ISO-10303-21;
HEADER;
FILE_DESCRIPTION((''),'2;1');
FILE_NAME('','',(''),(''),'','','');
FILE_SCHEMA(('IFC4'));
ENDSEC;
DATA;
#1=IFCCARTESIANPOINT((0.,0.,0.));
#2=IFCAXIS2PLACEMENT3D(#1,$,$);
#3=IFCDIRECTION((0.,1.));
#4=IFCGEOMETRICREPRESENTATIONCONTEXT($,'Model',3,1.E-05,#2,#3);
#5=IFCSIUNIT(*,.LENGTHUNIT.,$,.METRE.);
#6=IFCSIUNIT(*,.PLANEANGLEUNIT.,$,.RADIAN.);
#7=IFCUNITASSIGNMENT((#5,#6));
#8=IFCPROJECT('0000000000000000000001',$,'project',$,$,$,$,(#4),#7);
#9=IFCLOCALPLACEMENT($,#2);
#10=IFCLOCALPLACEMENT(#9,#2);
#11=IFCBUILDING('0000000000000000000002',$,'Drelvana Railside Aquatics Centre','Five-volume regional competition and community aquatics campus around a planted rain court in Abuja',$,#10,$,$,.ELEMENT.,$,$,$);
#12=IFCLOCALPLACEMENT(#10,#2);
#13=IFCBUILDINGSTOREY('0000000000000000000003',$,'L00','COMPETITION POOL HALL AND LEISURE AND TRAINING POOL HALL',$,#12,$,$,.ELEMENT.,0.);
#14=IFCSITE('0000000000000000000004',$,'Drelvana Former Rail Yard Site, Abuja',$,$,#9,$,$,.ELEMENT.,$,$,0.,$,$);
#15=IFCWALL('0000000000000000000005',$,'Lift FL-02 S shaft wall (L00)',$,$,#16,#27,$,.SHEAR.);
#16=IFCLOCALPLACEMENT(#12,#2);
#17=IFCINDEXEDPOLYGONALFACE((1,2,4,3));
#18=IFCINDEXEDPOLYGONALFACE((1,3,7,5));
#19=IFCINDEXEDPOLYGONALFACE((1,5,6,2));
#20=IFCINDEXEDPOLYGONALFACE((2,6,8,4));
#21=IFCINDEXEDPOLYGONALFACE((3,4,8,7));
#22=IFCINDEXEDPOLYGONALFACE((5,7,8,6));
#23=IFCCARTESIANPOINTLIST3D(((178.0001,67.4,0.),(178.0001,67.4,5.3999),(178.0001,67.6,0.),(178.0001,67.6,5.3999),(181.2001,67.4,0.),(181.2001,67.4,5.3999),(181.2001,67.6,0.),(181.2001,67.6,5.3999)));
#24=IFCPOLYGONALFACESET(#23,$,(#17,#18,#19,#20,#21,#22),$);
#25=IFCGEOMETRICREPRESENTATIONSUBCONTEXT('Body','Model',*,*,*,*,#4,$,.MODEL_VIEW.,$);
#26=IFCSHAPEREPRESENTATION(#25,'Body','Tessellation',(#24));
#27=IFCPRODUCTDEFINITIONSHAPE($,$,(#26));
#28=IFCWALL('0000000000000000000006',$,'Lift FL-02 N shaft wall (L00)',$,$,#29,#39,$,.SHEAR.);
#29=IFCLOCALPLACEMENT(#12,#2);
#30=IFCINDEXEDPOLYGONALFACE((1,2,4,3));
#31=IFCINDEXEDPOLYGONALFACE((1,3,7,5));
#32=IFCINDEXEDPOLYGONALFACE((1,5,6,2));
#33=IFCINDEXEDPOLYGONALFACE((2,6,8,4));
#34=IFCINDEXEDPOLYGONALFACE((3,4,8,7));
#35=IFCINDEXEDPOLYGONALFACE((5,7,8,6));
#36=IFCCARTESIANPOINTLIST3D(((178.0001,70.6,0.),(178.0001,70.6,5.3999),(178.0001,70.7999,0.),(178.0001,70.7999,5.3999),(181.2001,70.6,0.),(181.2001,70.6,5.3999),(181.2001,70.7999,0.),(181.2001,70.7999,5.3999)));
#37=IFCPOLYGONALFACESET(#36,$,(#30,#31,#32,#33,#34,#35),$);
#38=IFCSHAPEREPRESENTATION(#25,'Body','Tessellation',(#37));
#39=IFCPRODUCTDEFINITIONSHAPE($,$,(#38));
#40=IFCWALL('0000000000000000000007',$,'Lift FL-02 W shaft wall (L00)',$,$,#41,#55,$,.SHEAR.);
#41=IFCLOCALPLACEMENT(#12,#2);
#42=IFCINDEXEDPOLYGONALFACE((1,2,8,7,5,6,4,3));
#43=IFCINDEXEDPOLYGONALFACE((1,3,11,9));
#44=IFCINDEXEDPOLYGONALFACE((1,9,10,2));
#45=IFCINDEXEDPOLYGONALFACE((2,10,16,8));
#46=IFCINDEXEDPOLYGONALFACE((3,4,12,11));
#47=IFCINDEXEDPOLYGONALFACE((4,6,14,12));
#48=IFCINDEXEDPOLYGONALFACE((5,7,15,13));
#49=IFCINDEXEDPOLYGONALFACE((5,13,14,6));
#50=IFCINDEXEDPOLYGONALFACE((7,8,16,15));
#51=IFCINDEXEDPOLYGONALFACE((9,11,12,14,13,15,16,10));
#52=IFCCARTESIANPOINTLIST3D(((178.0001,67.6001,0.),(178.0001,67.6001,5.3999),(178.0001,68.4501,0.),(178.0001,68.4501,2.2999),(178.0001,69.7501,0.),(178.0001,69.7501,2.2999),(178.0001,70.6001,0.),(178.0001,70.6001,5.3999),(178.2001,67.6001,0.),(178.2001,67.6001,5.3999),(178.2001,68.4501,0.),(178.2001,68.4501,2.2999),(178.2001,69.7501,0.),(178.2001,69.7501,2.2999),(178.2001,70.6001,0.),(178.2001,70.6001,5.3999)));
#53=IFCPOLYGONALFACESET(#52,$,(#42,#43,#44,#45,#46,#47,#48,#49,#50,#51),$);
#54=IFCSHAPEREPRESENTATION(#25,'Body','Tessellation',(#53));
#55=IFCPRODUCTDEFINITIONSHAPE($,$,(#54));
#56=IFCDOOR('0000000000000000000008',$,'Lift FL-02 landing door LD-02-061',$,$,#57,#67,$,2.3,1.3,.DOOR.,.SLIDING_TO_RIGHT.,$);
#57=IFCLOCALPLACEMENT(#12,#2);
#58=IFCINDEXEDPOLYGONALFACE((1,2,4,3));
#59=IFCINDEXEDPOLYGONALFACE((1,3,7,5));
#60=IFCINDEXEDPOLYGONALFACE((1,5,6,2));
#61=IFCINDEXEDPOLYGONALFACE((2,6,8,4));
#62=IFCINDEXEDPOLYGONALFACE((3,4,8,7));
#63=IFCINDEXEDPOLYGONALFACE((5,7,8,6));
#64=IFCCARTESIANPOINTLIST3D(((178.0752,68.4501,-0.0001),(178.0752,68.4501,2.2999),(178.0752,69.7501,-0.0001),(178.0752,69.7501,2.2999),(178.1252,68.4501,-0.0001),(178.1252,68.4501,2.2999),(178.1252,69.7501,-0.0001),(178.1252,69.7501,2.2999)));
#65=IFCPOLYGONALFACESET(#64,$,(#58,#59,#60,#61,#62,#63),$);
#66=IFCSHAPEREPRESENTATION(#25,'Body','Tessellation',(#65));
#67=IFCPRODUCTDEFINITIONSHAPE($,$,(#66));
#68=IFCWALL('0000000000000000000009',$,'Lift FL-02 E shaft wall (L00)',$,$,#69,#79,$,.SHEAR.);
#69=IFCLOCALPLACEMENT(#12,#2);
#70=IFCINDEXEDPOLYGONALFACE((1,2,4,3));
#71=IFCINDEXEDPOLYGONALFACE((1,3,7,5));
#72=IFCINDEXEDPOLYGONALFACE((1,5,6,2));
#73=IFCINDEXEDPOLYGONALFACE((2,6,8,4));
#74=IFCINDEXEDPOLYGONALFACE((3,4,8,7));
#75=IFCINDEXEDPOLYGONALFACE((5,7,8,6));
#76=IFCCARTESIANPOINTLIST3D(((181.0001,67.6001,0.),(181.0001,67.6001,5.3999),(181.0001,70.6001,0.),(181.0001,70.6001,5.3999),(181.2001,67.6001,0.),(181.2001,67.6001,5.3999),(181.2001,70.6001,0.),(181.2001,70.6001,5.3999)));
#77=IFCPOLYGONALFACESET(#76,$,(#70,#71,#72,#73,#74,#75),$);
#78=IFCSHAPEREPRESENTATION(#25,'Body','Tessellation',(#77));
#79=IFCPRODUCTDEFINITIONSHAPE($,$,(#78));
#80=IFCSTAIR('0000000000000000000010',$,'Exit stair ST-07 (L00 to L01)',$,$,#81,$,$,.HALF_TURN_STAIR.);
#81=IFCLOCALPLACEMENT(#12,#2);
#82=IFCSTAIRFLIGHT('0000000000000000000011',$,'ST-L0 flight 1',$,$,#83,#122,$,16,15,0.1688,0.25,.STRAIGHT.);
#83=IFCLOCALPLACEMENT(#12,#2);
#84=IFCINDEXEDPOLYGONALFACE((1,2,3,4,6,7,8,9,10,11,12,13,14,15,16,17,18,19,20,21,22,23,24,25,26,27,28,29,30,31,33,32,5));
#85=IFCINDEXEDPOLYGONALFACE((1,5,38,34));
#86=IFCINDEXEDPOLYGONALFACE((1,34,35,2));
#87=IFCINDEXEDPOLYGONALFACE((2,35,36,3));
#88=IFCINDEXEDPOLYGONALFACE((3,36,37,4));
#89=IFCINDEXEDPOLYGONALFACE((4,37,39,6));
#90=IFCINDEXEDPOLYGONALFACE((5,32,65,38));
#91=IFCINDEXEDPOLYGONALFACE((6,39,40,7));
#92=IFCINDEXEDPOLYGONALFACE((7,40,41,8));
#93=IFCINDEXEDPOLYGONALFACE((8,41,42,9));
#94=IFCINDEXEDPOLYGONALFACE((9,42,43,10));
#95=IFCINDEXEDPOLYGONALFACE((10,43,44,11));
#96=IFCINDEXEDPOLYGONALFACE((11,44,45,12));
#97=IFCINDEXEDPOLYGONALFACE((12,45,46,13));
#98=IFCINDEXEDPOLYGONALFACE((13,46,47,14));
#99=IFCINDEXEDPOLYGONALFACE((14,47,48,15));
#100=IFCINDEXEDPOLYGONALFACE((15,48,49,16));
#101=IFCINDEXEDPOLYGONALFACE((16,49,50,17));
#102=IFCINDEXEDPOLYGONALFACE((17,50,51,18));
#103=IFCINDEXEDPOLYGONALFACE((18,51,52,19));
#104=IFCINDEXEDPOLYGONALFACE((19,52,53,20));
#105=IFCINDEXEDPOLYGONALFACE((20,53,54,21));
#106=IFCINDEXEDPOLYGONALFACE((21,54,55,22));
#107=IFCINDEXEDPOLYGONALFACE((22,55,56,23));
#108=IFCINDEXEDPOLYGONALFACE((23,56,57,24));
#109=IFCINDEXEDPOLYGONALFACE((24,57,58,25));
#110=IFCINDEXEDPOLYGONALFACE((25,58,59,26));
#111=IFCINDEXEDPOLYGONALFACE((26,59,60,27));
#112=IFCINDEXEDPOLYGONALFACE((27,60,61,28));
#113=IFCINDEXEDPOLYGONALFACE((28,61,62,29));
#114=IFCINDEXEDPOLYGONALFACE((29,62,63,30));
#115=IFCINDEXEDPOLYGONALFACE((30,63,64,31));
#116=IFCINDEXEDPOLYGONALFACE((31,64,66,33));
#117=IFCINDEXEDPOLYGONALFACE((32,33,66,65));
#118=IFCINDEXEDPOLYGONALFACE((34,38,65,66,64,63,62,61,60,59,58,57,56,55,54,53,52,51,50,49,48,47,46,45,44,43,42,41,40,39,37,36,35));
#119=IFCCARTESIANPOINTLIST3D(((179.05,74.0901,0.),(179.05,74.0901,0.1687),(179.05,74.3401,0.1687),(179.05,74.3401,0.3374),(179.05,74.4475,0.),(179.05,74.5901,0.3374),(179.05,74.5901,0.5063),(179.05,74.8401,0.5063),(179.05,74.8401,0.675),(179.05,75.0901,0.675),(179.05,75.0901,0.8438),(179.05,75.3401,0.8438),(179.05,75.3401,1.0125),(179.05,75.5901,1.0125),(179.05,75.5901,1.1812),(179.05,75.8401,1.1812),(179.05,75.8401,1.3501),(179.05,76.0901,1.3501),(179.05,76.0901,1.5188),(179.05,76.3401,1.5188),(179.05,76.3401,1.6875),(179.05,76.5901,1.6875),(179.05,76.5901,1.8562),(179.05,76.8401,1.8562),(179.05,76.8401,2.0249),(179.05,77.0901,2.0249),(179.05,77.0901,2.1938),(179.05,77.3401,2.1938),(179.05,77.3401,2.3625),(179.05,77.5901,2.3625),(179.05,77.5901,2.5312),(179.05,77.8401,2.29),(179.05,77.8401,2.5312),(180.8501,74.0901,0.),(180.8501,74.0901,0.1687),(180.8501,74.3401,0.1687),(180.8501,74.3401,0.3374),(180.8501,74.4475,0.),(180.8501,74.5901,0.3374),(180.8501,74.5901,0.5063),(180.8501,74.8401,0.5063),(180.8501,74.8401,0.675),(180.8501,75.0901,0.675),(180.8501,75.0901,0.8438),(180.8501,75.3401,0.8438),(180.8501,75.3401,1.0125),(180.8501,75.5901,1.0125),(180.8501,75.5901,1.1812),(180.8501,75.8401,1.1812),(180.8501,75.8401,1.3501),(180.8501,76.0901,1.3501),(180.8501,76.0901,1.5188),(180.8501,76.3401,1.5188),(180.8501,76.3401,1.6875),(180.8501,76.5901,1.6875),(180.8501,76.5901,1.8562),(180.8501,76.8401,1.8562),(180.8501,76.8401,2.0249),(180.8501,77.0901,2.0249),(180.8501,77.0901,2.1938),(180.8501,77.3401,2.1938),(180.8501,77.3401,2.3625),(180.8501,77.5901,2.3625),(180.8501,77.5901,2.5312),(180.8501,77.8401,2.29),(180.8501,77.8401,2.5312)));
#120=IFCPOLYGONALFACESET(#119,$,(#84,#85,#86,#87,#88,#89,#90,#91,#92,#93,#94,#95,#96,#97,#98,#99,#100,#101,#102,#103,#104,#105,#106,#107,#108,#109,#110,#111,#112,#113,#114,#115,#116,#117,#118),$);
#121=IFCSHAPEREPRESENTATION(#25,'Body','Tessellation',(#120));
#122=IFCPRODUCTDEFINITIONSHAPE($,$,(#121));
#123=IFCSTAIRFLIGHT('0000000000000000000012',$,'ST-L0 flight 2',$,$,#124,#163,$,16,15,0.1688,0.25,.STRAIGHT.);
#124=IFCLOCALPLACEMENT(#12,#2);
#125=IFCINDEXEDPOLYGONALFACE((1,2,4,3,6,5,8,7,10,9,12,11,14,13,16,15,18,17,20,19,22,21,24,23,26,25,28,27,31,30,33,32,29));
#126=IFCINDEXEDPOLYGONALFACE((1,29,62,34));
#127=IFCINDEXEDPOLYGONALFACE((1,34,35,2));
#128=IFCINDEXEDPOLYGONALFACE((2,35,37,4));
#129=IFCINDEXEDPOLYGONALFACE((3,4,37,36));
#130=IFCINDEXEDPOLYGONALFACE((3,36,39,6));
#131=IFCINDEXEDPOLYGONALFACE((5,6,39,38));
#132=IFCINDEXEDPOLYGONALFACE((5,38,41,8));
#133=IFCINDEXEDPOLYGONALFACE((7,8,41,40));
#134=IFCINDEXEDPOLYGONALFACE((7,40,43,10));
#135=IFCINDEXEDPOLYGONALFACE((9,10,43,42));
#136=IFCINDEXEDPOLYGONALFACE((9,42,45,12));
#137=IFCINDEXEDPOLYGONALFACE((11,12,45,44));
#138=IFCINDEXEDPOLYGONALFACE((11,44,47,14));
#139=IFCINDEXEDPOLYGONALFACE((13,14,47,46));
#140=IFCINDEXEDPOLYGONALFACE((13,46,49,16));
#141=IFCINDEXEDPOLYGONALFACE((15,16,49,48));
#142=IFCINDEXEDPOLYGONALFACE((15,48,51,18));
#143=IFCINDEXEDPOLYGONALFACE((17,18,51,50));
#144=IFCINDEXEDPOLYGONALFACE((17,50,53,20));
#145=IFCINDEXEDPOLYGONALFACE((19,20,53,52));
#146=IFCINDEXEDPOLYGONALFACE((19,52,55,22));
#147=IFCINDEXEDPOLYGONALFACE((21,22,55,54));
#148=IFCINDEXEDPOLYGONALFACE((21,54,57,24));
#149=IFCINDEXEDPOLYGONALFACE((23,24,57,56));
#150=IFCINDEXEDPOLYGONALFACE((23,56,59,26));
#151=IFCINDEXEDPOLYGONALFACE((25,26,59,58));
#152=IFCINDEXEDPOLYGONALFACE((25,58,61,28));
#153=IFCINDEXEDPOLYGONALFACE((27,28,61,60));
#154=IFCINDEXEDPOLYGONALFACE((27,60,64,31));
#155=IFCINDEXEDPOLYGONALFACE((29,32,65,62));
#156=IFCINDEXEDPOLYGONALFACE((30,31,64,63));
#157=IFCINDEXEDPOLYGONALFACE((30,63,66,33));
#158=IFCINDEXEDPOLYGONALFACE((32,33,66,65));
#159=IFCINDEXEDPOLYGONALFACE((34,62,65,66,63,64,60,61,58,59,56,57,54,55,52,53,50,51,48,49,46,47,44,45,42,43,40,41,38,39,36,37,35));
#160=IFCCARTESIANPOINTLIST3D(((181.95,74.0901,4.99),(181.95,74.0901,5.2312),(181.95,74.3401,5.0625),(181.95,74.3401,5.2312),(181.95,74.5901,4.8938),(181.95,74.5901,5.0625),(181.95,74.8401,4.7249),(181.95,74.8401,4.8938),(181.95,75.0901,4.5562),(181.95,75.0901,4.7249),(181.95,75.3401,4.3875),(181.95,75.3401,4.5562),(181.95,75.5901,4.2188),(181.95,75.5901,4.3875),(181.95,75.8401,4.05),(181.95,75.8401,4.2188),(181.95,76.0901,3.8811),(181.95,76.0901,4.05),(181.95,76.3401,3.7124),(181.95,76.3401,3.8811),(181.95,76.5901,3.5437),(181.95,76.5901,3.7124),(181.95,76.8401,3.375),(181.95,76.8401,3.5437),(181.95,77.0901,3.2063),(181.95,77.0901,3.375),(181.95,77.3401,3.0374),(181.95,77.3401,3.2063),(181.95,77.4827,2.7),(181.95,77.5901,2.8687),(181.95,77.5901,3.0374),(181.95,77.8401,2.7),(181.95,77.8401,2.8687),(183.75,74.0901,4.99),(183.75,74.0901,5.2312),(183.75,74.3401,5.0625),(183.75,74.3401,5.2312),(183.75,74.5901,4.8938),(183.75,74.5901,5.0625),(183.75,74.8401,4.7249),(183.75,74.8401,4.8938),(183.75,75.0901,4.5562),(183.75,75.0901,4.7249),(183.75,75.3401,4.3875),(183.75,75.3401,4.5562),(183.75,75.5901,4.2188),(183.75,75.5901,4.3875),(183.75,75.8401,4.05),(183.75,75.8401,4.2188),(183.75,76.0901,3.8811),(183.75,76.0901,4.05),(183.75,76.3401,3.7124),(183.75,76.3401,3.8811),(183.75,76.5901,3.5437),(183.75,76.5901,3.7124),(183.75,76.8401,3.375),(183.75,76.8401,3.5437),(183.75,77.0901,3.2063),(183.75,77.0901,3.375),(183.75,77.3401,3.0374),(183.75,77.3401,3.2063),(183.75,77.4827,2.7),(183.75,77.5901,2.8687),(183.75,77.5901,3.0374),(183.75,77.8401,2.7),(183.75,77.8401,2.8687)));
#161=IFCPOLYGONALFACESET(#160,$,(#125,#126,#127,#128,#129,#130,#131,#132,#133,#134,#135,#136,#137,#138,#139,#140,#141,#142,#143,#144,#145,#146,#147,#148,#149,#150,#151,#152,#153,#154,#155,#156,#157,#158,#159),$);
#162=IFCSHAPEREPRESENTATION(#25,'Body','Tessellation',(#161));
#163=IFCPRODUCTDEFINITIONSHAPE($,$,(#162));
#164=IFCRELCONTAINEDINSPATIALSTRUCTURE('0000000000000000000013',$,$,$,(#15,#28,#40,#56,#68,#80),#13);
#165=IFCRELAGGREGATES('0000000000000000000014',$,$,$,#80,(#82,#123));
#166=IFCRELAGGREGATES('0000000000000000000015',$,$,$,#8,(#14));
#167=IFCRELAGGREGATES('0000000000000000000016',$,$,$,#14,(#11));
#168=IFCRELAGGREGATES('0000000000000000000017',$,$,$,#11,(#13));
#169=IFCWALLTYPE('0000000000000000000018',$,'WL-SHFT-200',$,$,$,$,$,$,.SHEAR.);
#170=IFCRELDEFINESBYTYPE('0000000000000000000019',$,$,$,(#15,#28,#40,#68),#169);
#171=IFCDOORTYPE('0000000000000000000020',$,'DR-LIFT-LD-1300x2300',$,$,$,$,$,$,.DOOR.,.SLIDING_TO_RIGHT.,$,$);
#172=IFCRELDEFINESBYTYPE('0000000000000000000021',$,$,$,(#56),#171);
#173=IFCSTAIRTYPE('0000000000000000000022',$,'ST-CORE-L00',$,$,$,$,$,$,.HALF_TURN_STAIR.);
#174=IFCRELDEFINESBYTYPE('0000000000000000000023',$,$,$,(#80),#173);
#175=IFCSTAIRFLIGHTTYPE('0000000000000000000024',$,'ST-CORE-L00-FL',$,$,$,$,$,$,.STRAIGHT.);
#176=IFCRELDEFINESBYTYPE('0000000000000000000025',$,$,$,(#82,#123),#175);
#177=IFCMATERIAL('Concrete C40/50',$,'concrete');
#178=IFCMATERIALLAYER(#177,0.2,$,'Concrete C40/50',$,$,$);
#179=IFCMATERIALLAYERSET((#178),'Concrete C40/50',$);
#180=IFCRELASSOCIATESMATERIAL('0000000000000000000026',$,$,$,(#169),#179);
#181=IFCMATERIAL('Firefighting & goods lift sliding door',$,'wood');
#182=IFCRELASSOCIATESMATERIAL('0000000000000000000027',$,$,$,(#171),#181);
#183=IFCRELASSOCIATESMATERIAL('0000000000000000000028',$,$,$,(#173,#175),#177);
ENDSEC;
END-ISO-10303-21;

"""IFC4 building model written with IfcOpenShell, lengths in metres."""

from ifc_helpers import new_model, si_unit, direction, frame, frame_2d, origin, place, context, subcontext, project, spatial, polyline, rectangle, outline, extrude, material, layer, layer_set, type_object, element, fill, aggregate, save


model = new_model("IFC4")

# Units and contexts
model_context = context("Model", 3, precision=1e-05, world=origin(), true_north=direction((0.0, 1.0)))
body_context = subcontext(model_context, "Body", "Model", "MODEL_VIEW")
ifc_project = project(units=[si_unit("LENGTHUNIT", "METRE"), si_unit("PLANEANGLEUNIT", "RADIAN")], contexts=[model_context])

# Site, building, storey
site_placement = place(None, origin())
site = spatial("IfcSite", under=ifc_project, at=site_placement, Name="Drelvana Former Rail Yard Site, Abuja", CompositionType="ELEMENT", RefElevation=0.0)
building_placement = place(site_placement, origin())
building = spatial("IfcBuilding", under=site, at=building_placement, Name="Drelvana Railside Aquatics Centre", Description="Five-volume regional competition and community aquatics campus around a planted rain court in Abuja", CompositionType="ELEMENT")
storey_placement = place(building_placement, origin())
storey = spatial("IfcBuildingStorey", under=building, at=storey_placement, Name="L00", Description="COMPETITION POOL HALL AND LEISURE AND TRAINING POOL HALL", CompositionType="ELEMENT", Elevation=0.0)

# Shared definitions
ifc_material_1 = material(Name="Concrete C40/50", Category="concrete")

# Walls
ifc_layer_1 = layer(ifc_material_1, 0.2, Name="Concrete C40/50")
ifc_layer_set_1 = layer_set([ifc_layer_1], Name="Concrete C40/50")
wall_type_1 = type_object("IfcWallType", Name="WL-SHFT-200", PredefinedType="SHEAR", material=ifc_layer_set_1)
for number, where, z_axis, x_axis, name in (
    (1, (178.0, 67.5, 0.0), (0.0, 0.0, 1.0), (1.0, 0.0, 0.0), "Lift FL-02 S shaft wall (L00)"),
    (2, (178.0, 70.7, 0.0), (0.0, 0.0, 1.0), (1.0, 0.0, 0.0), "Lift FL-02 N shaft wall (L00)"),
):
    element("IfcWall", number, at=place(storey_placement, frame(where, z_axis=z_axis, x_axis=x_axis)), inside=storey, type_object=wall_type_1, Name=name, PredefinedType="SHEAR", context=body_context, shape_type="SweptSolid", body=[
        extrude(rectangle(XDim=3.2, YDim=0.2, at=frame_2d((1.6001, 0.0))), origin(), (0.0, 0.0, 1.0), 5.3999),
    ])

# Wall, opening, door
wall_1_placement = place(storey_placement, frame((178.1001, 67.6001, 0.0), z_axis=(0.0, 0.0, 1.0), x_axis=(0.0, 1.0, 0.0)))
wall_1 = element("IfcWall", 3, at=wall_1_placement, inside=storey, type_object=wall_type_1, Name="Lift FL-02 W shaft wall (L00)", PredefinedType="SHEAR", context=body_context, shape_type="SweptSolid", body=[
    extrude(rectangle(XDim=3.0, YDim=0.2, at=frame_2d((1.5, 0.0))), origin(), (0.0, 0.0, 1.0), 5.3999),
])
opening_1_placement = place(wall_1_placement, frame((0.8501, 0.0, 0.0)))
opening_1 = element("IfcOpeningElement", 4, at=opening_1_placement, cuts=wall_1, PredefinedType="OPENING", context=body_context, shape_type="SweptSolid", body=[
    extrude(rectangle(XDim=1.3, YDim=2.3, at=frame_2d((0.6499, 1.1499))), frame((0.0, 0.1099, 0.0), z_axis=(0.0, -1.0, 0.0), x_axis=(1.0, 0.0, 0.0)), (0.0, 0.0, 1.0), 0.22),
])
ifc_material_2 = material(Name="Firefighting & goods lift sliding door", Category="wood")
door_type_1 = type_object("IfcDoorType", Name="DR-LIFT-LD-1300x2300", OperationType="SLIDING_TO_RIGHT", PredefinedType="DOOR", material=ifc_material_2)
door_1_placement = place(opening_1_placement, origin())
door_1 = element("IfcDoor", 5, at=door_1_placement, inside=storey, type_object=door_type_1, Name="Lift FL-02 landing door LD-02-061", OperationType="SLIDING_TO_RIGHT", OverallHeight=2.3, OverallWidth=1.3, PredefinedType="DOOR", context=body_context, shape_type="SweptSolid", body=[
    extrude(rectangle(XDim=1.3, YDim=2.3, at=frame_2d((0.6499, 1.1499))), frame((0.0, 0.0249, 0.0), z_axis=(0.0, -1.0, 0.0), x_axis=(1.0, 0.0, 0.0)), (0.0, 0.0, 1.0), 0.05),
])
fill(opening_1, door_1)

# Wall
wall_2_placement = place(storey_placement, frame((181.1001, 67.6001, 0.0), z_axis=(0.0, 0.0, 1.0), x_axis=(0.0, 1.0, 0.0)))
element("IfcWall", 6, at=wall_2_placement, inside=storey, type_object=wall_type_1, Name="Lift FL-02 E shaft wall (L00)", PredefinedType="SHEAR", context=body_context, shape_type="SweptSolid", body=[
    extrude(rectangle(XDim=3.0, YDim=0.2, at=frame_2d((1.5, 0.0))), origin(), (0.0, 0.0, 1.0), 5.3999),
])

# Stair, stair flights
stair_type = type_object("IfcStairType", Name="ST-CORE-L00", PredefinedType="HALF_TURN_STAIR", material=ifc_material_1)
stair_placement = place(storey_placement, origin())
stair = element("IfcStair", 7, at=stair_placement, inside=storey, type_object=stair_type, Name="Exit stair ST-07 (L00 to L01)", PredefinedType="HALF_TURN_STAIR")
stair_flight_type = type_object("IfcStairFlightType", Name="ST-CORE-L00-FL", PredefinedType="STRAIGHT", material=ifc_material_1)
stair_flight_1_placement = place(storey_placement, frame((179.95, 74.0901, 0.0), z_axis=(0.0, 0.0, 1.0), x_axis=(0.0, 1.0, 0.0)))
stair_flight_1 = element("IfcStairFlight", 8, at=stair_flight_1_placement, type_object=stair_flight_type, Name="ST-L0 flight 1", NumberOfRisers=16, NumberOfTreads=15, PredefinedType="STRAIGHT", RiserHeight=0.1688, TreadLength=0.25, context=body_context, shape_type="SweptSolid", body=[
    extrude(outline(polyline([(0.0, 0.0), (0.0, 0.1687), (0.25, 0.1687), (0.25, 0.3374), (0.5, 0.3374), (0.5, 0.5063), (0.75, 0.5063), (0.75, 0.675), (1.0, 0.675), (1.0, 0.8438), (1.25, 0.8438), (1.25, 1.0125), (1.5, 1.0125), (1.5, 1.1812), (1.75, 1.1812), (1.75, 1.3501), (2.0, 1.3501), (2.0, 1.5188), (2.25, 1.5188), (2.25, 1.6875), (2.5, 1.6875), (2.5, 1.8562), (2.75, 1.8562), (2.75, 2.0249), (3.0, 2.0249), (3.0, 2.1938), (3.25, 2.1938), (3.25, 2.3625), (3.5, 2.3625), (3.5, 2.5312), (3.75, 2.5312), (3.75, 2.7), (3.75, 2.29), (0.3574, 0.0), (0.0, 0.0)])), frame((0.0, 0.8999, 0.0), z_axis=(0.0, -1.0, 0.0), x_axis=(1.0, 0.0, 0.0)), (0.0, 0.0, 1.0), 1.8),
])
stair_flight_2_placement = place(storey_placement, frame((182.8501, 77.8401, 2.7), z_axis=(0.0, 0.0, 1.0), x_axis=(0.0, -1.0, 0.0)))
stair_flight_2 = element("IfcStairFlight", 9, at=stair_flight_2_placement, type_object=stair_flight_type, Name="ST-L0 flight 2", NumberOfRisers=16, NumberOfTreads=15, PredefinedType="STRAIGHT", RiserHeight=0.1688, TreadLength=0.25, context=body_context, shape_type="SweptSolid", body=[
    extrude(outline(polyline([(0.0, 0.0), (0.0, 0.1687), (0.25, 0.1687), (0.25, 0.3374), (0.5, 0.3374), (0.5, 0.5063), (0.75, 0.5063), (0.75, 0.675), (1.0, 0.675), (1.0, 0.8438), (1.25, 0.8438), (1.25, 1.0125), (1.5, 1.0125), (1.5, 1.1812), (1.75, 1.1812), (1.75, 1.3501), (2.0, 1.3501), (2.0, 1.5188), (2.25, 1.5188), (2.25, 1.6875), (2.5, 1.6875), (2.5, 1.8562), (2.75, 1.8562), (2.75, 2.0249), (3.0, 2.0249), (3.0, 2.1938), (3.25, 2.1938), (3.25, 2.3625), (3.5, 2.3625), (3.5, 2.5312), (3.75, 2.5312), (3.75, 2.7), (3.75, 2.29), (0.3574, 0.0), (0.0, 0.0)])), frame((0.0, 0.8999, 0.0), z_axis=(0.0, -1.0, 0.0), x_axis=(1.0, 0.0, 0.0)), (0.0, 0.0, 1.0), 1.8),
])
aggregate(stair, [stair_flight_1, stair_flight_2])

save(model, "model.ifc")
